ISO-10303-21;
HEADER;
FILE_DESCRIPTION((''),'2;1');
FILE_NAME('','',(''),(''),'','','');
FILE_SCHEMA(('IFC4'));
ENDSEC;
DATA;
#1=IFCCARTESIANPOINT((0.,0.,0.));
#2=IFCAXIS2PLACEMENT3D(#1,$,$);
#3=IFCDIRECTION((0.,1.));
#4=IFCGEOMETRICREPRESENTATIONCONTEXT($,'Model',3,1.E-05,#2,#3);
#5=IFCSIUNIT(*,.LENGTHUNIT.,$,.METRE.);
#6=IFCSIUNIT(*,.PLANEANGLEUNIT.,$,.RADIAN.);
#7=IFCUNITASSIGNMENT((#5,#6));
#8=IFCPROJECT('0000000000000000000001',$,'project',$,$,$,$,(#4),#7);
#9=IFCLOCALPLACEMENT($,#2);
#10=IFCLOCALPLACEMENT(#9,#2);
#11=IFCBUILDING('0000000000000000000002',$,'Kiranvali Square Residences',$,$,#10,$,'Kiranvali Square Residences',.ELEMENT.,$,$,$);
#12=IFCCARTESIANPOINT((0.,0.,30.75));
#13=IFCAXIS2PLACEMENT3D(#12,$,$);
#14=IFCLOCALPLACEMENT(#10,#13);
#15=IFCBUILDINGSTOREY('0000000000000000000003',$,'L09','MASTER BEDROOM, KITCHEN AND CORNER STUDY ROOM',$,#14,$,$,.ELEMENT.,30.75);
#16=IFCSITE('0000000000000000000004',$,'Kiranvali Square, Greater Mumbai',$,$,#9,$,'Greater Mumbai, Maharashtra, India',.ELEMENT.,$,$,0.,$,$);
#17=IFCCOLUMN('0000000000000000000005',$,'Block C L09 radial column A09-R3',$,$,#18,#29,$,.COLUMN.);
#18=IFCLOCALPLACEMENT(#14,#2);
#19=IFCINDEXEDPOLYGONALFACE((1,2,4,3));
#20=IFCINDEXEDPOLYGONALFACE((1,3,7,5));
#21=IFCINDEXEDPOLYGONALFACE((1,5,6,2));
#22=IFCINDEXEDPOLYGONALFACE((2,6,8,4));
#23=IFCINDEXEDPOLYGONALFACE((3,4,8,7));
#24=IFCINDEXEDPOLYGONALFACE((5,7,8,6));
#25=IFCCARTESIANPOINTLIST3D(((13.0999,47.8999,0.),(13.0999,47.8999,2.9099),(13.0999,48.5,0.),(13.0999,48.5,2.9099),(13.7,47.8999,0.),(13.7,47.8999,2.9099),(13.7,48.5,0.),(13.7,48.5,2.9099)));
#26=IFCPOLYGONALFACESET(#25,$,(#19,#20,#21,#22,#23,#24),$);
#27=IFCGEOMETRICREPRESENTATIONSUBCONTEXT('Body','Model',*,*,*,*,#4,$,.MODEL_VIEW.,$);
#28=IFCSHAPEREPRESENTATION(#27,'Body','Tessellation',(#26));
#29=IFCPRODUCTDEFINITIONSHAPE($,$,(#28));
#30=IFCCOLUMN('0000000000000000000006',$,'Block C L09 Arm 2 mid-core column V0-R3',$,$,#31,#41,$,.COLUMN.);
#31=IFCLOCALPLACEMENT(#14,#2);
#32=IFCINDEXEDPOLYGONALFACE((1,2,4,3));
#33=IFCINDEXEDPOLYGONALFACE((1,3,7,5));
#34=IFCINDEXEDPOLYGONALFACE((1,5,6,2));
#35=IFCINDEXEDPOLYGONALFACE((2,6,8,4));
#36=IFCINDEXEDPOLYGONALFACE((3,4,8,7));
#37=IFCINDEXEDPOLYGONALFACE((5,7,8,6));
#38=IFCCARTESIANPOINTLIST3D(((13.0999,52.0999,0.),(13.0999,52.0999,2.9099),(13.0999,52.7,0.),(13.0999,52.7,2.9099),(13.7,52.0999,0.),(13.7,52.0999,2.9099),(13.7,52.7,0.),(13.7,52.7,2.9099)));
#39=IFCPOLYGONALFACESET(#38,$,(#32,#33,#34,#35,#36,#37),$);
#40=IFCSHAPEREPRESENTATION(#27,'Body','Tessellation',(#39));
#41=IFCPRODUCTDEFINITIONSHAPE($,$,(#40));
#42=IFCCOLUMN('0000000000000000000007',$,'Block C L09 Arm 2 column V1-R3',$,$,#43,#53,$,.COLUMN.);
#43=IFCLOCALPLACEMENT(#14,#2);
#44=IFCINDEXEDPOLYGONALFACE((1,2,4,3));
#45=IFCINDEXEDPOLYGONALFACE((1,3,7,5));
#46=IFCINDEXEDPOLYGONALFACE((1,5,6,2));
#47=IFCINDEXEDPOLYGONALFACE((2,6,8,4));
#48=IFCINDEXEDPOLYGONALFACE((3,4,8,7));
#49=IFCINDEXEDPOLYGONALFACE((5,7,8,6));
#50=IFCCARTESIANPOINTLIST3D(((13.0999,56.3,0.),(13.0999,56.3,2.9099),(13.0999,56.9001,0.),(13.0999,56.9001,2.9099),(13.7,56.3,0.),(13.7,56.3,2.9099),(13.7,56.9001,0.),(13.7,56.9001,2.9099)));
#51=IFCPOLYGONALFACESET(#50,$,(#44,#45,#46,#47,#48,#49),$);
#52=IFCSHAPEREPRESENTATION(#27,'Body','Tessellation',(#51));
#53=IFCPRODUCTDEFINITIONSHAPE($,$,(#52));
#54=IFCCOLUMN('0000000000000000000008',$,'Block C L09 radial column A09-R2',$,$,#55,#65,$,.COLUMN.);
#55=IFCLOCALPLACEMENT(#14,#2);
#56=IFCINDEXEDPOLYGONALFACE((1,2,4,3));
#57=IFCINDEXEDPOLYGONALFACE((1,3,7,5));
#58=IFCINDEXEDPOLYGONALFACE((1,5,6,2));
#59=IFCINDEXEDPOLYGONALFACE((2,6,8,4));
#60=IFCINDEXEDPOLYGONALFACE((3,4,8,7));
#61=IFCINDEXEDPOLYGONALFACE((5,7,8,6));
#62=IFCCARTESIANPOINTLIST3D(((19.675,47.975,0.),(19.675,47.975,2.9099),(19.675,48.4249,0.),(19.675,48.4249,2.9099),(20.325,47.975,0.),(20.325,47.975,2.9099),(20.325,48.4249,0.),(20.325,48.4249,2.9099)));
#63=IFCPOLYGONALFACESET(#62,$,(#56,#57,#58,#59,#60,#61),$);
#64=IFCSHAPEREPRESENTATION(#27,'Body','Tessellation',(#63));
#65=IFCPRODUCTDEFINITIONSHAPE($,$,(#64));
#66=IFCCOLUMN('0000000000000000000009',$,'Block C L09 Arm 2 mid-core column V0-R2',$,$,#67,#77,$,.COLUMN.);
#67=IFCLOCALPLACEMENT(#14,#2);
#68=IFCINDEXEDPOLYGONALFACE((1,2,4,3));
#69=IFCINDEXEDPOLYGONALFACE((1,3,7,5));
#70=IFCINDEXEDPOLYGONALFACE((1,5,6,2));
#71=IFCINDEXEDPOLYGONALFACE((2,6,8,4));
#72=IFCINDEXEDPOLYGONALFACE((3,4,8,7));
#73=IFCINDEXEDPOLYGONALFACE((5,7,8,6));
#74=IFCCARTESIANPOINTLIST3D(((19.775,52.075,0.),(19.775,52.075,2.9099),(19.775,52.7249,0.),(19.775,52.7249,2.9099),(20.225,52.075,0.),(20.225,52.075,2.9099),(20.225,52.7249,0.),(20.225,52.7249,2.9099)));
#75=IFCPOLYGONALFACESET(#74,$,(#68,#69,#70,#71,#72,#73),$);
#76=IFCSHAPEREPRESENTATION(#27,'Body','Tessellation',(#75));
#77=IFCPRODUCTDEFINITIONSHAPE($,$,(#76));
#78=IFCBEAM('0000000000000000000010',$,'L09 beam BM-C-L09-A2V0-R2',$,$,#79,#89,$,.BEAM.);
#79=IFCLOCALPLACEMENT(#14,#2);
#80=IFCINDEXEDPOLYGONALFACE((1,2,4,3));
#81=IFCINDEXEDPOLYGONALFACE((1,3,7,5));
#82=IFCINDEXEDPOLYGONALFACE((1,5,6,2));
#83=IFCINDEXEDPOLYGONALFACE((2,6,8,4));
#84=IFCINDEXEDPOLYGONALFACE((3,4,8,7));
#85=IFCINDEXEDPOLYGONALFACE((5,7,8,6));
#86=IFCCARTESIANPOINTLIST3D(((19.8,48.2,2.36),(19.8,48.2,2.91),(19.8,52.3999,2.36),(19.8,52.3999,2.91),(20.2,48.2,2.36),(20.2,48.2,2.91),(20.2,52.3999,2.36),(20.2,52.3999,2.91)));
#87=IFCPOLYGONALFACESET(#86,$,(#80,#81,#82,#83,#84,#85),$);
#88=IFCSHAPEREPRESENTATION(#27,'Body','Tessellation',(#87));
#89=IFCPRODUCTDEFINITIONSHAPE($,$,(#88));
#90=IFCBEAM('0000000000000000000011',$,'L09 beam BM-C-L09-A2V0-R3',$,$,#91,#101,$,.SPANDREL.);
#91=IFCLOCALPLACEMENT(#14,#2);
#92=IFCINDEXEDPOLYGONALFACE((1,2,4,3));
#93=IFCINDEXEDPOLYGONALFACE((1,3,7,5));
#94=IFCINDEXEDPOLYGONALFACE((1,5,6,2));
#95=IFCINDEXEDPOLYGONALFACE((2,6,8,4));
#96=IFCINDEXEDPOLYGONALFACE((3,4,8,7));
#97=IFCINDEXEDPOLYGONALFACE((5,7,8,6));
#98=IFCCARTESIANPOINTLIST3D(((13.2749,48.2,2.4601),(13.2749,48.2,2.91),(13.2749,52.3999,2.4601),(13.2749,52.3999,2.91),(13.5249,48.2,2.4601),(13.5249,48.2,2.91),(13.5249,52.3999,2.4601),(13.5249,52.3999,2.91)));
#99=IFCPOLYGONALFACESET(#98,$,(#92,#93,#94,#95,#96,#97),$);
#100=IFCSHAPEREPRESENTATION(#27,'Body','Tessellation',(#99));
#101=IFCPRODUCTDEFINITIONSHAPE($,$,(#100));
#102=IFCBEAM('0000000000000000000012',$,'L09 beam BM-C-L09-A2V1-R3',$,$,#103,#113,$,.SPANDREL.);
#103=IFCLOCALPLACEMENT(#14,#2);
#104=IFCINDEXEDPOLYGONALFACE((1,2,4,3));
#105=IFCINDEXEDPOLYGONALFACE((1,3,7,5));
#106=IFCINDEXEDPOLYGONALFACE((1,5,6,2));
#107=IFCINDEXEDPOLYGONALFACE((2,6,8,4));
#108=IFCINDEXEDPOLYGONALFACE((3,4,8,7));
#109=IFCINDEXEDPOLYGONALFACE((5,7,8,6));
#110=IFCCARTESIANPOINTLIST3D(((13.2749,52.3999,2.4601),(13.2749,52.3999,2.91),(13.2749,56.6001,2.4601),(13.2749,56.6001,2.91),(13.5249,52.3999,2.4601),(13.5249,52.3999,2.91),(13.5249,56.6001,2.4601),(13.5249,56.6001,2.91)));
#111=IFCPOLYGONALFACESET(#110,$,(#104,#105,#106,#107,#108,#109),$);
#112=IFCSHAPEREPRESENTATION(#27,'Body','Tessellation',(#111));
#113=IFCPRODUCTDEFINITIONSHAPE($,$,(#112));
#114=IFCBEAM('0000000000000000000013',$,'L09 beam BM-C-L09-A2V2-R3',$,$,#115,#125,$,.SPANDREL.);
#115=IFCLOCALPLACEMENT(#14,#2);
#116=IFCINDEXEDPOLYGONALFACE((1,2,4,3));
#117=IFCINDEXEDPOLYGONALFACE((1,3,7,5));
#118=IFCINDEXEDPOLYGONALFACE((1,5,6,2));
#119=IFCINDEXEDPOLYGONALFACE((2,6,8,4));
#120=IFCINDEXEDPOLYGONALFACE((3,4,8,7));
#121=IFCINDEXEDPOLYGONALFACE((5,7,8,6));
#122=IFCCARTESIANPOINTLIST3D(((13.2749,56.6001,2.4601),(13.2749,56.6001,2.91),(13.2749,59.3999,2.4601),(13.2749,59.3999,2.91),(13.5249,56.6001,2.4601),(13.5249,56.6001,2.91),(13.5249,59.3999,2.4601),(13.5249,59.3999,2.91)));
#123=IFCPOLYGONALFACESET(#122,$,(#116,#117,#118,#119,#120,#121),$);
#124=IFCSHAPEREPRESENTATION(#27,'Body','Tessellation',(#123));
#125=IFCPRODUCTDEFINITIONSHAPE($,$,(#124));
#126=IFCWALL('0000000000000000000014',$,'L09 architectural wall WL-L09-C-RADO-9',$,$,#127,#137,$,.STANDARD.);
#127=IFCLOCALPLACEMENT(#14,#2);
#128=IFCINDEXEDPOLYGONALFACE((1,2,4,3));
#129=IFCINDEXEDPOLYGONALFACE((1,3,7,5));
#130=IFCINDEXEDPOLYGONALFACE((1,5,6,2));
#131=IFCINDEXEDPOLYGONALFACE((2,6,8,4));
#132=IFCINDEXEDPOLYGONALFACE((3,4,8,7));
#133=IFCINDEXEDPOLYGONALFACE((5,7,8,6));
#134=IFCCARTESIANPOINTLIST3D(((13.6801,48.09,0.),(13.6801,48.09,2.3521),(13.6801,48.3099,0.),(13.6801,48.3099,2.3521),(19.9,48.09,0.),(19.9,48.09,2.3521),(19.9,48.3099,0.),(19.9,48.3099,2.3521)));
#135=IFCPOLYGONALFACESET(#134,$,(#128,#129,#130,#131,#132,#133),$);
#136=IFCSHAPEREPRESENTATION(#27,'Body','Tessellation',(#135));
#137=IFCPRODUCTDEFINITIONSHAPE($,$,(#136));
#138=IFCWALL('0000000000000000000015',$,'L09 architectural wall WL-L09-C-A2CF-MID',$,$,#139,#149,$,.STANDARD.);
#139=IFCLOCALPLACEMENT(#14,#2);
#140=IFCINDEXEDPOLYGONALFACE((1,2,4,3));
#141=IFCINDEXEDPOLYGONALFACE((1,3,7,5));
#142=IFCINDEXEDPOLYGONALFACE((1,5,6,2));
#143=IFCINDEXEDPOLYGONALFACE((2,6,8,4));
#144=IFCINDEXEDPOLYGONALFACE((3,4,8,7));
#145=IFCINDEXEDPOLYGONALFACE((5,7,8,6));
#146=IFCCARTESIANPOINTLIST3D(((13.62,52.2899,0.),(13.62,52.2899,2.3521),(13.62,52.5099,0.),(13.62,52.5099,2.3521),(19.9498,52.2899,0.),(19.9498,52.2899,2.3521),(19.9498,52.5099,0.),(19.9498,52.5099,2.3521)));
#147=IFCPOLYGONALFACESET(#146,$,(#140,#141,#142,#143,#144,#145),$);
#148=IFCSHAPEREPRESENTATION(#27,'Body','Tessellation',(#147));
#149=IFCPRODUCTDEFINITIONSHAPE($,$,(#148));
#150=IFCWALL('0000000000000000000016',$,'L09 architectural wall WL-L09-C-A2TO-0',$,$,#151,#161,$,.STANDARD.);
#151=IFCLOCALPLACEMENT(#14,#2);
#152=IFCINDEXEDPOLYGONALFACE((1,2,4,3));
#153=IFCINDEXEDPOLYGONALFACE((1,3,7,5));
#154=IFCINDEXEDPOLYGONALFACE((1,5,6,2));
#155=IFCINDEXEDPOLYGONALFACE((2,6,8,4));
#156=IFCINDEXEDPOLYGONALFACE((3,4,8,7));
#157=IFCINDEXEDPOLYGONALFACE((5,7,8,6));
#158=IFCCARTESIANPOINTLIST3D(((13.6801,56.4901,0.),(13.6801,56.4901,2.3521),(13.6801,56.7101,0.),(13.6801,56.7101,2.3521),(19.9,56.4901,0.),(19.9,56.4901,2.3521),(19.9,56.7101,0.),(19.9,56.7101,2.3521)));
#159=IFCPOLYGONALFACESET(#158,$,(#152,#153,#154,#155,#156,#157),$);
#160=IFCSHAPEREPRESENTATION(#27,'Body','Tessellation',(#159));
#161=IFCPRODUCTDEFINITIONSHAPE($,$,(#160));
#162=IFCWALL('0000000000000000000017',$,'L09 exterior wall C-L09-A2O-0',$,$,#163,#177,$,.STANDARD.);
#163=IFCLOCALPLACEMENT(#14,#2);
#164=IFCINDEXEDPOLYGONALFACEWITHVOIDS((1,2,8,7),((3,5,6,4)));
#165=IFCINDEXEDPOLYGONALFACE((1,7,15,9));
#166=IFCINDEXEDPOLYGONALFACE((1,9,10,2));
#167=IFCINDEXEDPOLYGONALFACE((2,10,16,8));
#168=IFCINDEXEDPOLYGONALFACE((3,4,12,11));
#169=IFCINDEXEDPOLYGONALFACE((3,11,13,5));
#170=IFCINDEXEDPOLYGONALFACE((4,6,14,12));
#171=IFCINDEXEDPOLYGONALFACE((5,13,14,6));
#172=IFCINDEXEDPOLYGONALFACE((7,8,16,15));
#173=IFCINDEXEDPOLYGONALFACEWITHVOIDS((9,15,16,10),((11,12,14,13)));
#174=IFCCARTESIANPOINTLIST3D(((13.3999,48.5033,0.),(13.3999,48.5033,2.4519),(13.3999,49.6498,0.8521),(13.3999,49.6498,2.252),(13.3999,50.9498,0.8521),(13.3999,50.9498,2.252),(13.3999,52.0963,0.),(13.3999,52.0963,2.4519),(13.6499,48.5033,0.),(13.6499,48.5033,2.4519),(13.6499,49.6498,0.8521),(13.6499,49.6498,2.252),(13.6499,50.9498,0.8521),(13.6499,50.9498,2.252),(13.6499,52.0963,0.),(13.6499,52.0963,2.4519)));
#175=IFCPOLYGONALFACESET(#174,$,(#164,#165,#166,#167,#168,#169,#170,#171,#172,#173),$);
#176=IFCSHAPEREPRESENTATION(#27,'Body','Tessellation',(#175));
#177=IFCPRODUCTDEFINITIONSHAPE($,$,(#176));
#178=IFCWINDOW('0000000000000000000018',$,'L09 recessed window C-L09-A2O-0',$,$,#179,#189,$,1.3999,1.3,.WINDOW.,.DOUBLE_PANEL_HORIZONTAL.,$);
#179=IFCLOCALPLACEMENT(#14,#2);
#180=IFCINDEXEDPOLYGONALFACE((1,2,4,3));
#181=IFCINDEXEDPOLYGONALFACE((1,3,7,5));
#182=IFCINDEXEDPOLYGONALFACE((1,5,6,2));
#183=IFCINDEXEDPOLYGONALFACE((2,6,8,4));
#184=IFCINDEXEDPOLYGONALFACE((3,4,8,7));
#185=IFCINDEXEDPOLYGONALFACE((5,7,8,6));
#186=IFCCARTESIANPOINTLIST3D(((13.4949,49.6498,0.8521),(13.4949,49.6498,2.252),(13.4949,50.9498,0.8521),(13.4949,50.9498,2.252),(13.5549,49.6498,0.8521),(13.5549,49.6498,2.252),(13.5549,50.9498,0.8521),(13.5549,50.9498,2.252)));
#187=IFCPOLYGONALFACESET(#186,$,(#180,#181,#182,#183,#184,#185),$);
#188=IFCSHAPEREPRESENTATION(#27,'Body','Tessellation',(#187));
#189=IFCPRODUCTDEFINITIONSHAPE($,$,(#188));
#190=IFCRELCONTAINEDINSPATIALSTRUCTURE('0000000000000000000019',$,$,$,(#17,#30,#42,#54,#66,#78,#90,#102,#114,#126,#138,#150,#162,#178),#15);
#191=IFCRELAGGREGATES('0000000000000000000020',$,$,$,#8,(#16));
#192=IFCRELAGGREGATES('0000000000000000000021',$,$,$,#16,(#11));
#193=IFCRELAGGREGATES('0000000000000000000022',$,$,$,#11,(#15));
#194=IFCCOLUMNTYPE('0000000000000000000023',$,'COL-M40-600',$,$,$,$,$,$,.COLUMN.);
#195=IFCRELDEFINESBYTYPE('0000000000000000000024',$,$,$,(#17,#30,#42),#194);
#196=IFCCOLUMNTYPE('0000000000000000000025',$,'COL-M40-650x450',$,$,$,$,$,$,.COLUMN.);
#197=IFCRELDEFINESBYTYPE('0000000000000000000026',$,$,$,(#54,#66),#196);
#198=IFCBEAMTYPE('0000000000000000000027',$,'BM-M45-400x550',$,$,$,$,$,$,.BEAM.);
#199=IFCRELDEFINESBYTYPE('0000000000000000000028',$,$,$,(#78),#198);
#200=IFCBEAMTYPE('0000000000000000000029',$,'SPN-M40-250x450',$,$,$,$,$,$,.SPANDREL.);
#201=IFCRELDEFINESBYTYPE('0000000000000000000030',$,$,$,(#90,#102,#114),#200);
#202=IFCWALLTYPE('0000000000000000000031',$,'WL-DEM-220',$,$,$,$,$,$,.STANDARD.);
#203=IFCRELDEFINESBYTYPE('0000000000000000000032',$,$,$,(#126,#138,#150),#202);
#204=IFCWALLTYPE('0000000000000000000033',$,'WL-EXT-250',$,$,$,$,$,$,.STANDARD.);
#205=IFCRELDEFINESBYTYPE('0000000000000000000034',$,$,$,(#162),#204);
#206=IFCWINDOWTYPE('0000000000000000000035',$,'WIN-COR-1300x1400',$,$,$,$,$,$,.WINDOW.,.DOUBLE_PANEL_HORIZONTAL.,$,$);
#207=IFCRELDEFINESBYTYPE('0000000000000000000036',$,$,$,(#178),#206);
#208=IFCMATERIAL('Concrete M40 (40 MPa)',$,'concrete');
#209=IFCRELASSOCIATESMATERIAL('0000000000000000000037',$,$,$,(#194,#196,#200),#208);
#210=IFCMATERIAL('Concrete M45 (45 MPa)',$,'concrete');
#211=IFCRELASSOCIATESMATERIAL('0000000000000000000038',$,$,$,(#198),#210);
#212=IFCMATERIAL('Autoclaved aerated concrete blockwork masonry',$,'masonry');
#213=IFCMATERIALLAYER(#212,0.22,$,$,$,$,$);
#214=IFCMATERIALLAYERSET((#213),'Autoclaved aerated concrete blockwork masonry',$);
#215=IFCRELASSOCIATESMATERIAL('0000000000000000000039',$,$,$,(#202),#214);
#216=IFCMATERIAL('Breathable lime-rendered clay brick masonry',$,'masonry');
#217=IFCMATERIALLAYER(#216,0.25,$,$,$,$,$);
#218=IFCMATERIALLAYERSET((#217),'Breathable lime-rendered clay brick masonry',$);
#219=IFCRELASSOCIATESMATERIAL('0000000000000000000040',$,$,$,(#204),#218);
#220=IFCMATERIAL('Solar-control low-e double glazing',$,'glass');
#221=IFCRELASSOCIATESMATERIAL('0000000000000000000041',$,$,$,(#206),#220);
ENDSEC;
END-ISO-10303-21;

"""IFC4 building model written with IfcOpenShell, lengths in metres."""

from ifc_helpers import new_model, si_unit, direction, frame, frame_2d, origin, origin_2d, place, context, subcontext, project, spatial, rectangle, extrude, material, layer, layer_set, material_profile, profile_set, type_object, element, fill, save


model = new_model("IFC4")

# Units and contexts
model_context = context("Model", 3, precision=1e-05, world=origin(), true_north=direction((0.0, 1.0)))
body_context = subcontext(model_context, "Body", "Model", "MODEL_VIEW")
ifc_project = project(units=[si_unit("LENGTHUNIT", "METRE"), si_unit("PLANEANGLEUNIT", "RADIAN")], contexts=[model_context])

# Site, building, storey
site_placement = place(None, origin())
site = spatial("IfcSite", under=ifc_project, at=site_placement, Name="Kiranvali Square, Greater Mumbai", LongName="Greater Mumbai, Maharashtra, India", CompositionType="ELEMENT", RefElevation=0.0)
building_placement = place(site_placement, origin())
building = spatial("IfcBuilding", under=site, at=building_placement, Name="Kiranvali Square Residences", LongName="Kiranvali Square Residences", CompositionType="ELEMENT")
storey_placement = place(building_placement, frame((0.0, 0.0, 30.75)))
storey = spatial("IfcBuildingStorey", under=building, at=storey_placement, Name="L09", Description="MASTER BEDROOM, KITCHEN AND CORNER STUDY ROOM", CompositionType="ELEMENT", Elevation=30.75)

# Columns
ifc_material_1 = material(Name="Concrete M40 (40 MPa)", Category="concrete")
ifc_material_profile_1 = material_profile(ifc_material_1, rectangle(XDim=0.6001, YDim=0.6001, at=origin_2d()), Name="RC 600x600")
ifc_profile_set_1 = profile_set([ifc_material_profile_1], Name="Concrete M40 (40 MPa)")
column_type_1 = type_object("IfcColumnType", Name="COL-M40-600", PredefinedType="COLUMN", material=ifc_profile_set_1)
for number, where, z_axis, x_axis, name in (
    (1, (13.3999, 48.2, 0.0), (0.0, 0.0, 1.0), (0.0, 1.0, 0.0), "Block C L09 radial column A09-R3"),
    (2, (13.3999, 52.3999, 0.0), (0.0, 0.0, 1.0), (1.0, 0.0, 0.0), "Block C L09 Arm 2 mid-core column V0-R3"),
    (3, (13.3999, 56.6001, 0.0), (0.0, 0.0, 1.0), (1.0, 0.0, 0.0), "Block C L09 Arm 2 column V1-R3"),
):
    element("IfcColumn", number, at=place(storey_placement, frame(where, z_axis=z_axis, x_axis=x_axis)), inside=storey, type_object=column_type_1, Name=name, PredefinedType="COLUMN", context=body_context, shape_type="SweptSolid", body=[
        extrude(rectangle(XDim=0.6001, YDim=0.6001, at=origin_2d()), origin(), (0.0, 0.0, 1.0), 2.9099),
    ])
ifc_material_profile_2 = material_profile(ifc_material_1, rectangle(XDim=0.45, YDim=0.6499, at=origin_2d()), Name="RC 650x450")
ifc_profile_set_2 = profile_set([ifc_material_profile_2], Name="Concrete M40 (40 MPa)")
column_type_2 = type_object("IfcColumnType", Name="COL-M40-650x450", PredefinedType="COLUMN", material=ifc_profile_set_2)
for number, where, z_axis, x_axis, name in (
    (4, (20.0, 48.2, 0.0), (0.0, 0.0, 1.0), (0.0, 1.0, 0.0), "Block C L09 radial column A09-R2"),
    (5, (20.0, 52.3999, 0.0), (0.0, 0.0, 1.0), (1.0, 0.0, 0.0), "Block C L09 Arm 2 mid-core column V0-R2"),
):
    element("IfcColumn", number, at=place(storey_placement, frame(where, z_axis=z_axis, x_axis=x_axis)), inside=storey, type_object=column_type_2, Name=name, PredefinedType="COLUMN", context=body_context, shape_type="SweptSolid", body=[
        extrude(rectangle(XDim=0.45, YDim=0.6499, at=origin_2d()), origin(), (0.0, 0.0, 1.0), 2.9099),
    ])

# Beams
ifc_material_2 = material(Name="Concrete M45 (45 MPa)", Category="concrete")
ifc_material_profile_3 = material_profile(ifc_material_2, rectangle(XDim=0.3999, YDim=0.55, at=origin_2d()), Name="RC 400x550")
ifc_profile_set_3 = profile_set([ifc_material_profile_3], Name="Concrete M45 (45 MPa)")
beam_type_1 = type_object("IfcBeamType", Name="BM-M45-400x550", PredefinedType="BEAM", material=ifc_profile_set_3)
beam_1_placement = place(storey_placement, frame((20.0, 48.2, 2.635), z_axis=(0.0, 1.0, 0.0), x_axis=(-1.0, 0.0, 0.0)))
element("IfcBeam", 6, at=beam_1_placement, inside=storey, type_object=beam_type_1, Name="L09 beam BM-C-L09-A2V0-R2", PredefinedType="BEAM", context=body_context, shape_type="SweptSolid", body=[
    extrude(rectangle(XDim=0.3999, YDim=0.55, at=origin_2d()), origin(), (0.0, 0.0, 1.0), 4.2),
])
ifc_material_profile_4 = material_profile(ifc_material_1, rectangle(XDim=0.25, YDim=0.45, at=origin_2d()), Name="RC 250x450")
ifc_profile_set_4 = profile_set([ifc_material_profile_4], Name="Concrete M40 (40 MPa)")
beam_type_2 = type_object("IfcBeamType", Name="SPN-M40-250x450", PredefinedType="SPANDREL", material=ifc_profile_set_4)
beam_2_placement = place(storey_placement, frame((13.3999, 48.2, 2.6851), z_axis=(0.0, 1.0, 0.0), x_axis=(-1.0, 0.0, 0.0)))
element("IfcBeam", 7, at=beam_2_placement, inside=storey, type_object=beam_type_2, Name="L09 beam BM-C-L09-A2V0-R3", PredefinedType="SPANDREL", context=body_context, shape_type="SweptSolid", body=[
    extrude(rectangle(XDim=0.25, YDim=0.45, at=origin_2d()), origin(), (0.0, 0.0, 1.0), 4.2),
])
beam_3_placement = place(storey_placement, frame((13.3999, 52.3999, 2.6851), z_axis=(0.0, 1.0, 0.0), x_axis=(-1.0, 0.0, 0.0)))
element("IfcBeam", 8, at=beam_3_placement, inside=storey, type_object=beam_type_2, Name="L09 beam BM-C-L09-A2V1-R3", PredefinedType="SPANDREL", context=body_context, shape_type="SweptSolid", body=[
    extrude(rectangle(XDim=0.25, YDim=0.45, at=origin_2d()), origin(), (0.0, 0.0, 1.0), 4.2002),
])
beam_4_placement = place(storey_placement, frame((13.3999, 56.6001, 2.6851), z_axis=(0.0, 1.0, 0.0), x_axis=(-1.0, 0.0, 0.0)))
element("IfcBeam", 9, at=beam_4_placement, inside=storey, type_object=beam_type_2, Name="L09 beam BM-C-L09-A2V2-R3", PredefinedType="SPANDREL", context=body_context, shape_type="SweptSolid", body=[
    extrude(rectangle(XDim=0.25, YDim=0.45, at=origin_2d()), origin(), (0.0, 0.0, 1.0), 2.7998),
])

# Shared definitions
ifc_material_3 = material(Name="Autoclaved aerated concrete blockwork masonry", Category="masonry")

# Walls
ifc_layer_1 = layer(ifc_material_3, 0.22)
ifc_layer_set_1 = layer_set([ifc_layer_1], Name="Autoclaved aerated concrete blockwork masonry")
wall_type_1 = type_object("IfcWallType", Name="WL-DEM-220", PredefinedType="STANDARD", material=ifc_layer_set_1)
wall_1_placement = place(storey_placement, frame((19.8999, 48.2, 0.0), z_axis=(0.0, 0.0, 1.0), x_axis=(-1.0, 0.0, 0.0)))
element("IfcWall", 10, at=wall_1_placement, inside=storey, type_object=wall_type_1, Name="L09 architectural wall WL-L09-C-RADO-9", PredefinedType="STANDARD", context=body_context, shape_type="SweptSolid", body=[
    extrude(rectangle(XDim=6.22, YDim=0.22, at=frame_2d((3.1099, 0.0))), origin(), (0.0, 0.0, 1.0), 2.3521),
])
wall_2_placement = place(storey_placement, frame((19.95, 52.3999, 0.0), z_axis=(0.0, 0.0, 1.0), x_axis=(-1.0, 0.0, 0.0)))
element("IfcWall", 11, at=wall_2_placement, inside=storey, type_object=wall_type_1, Name="L09 architectural wall WL-L09-C-A2CF-MID", PredefinedType="STANDARD", context=body_context, shape_type="SweptSolid", body=[
    extrude(rectangle(XDim=6.3298, YDim=0.22, at=frame_2d((3.165, 0.0))), origin(), (0.0, 0.0, 1.0), 2.3521),
])
wall_3_placement = place(storey_placement, frame((19.8999, 56.6001, 0.0), z_axis=(0.0, 0.0, 1.0), x_axis=(-1.0, 0.0, 0.0)))
element("IfcWall", 12, at=wall_3_placement, inside=storey, type_object=wall_type_1, Name="L09 architectural wall WL-L09-C-A2TO-0", PredefinedType="STANDARD", context=body_context, shape_type="SweptSolid", body=[
    extrude(rectangle(XDim=6.22, YDim=0.22, at=frame_2d((3.1099, 0.0))), origin(), (0.0, 0.0, 1.0), 2.3521),
])

# Wall, opening, window
ifc_material_4 = material(Name="Breathable lime-rendered clay brick masonry", Category="masonry")
ifc_layer_2 = layer(ifc_material_4, 0.25)
ifc_layer_set_2 = layer_set([ifc_layer_2], Name="Breathable lime-rendered clay brick masonry")
wall_type_2 = type_object("IfcWallType", Name="WL-EXT-250", PredefinedType="STANDARD", material=ifc_layer_set_2)
wall_4_placement = place(storey_placement, frame((13.5249, 48.5034, 0.0), z_axis=(0.0, 0.0, 1.0), x_axis=(0.0, 1.0, 0.0)))
wall_4 = element("IfcWall", 13, at=wall_4_placement, inside=storey, type_object=wall_type_2, Name="L09 exterior wall C-L09-A2O-0", PredefinedType="STANDARD", context=body_context, shape_type="SweptSolid", body=[
    extrude(rectangle(XDim=3.593, YDim=0.25, at=frame_2d((1.7964, 0.0))), origin(), (0.0, 0.0, 1.0), 2.4519),
])
opening_1_placement = place(wall_4_placement, frame((1.1465, 0.0, 0.8521)))
opening_1 = element("IfcOpeningElement", 14, at=opening_1_placement, cuts=wall_4, PredefinedType="OPENING", context=body_context, shape_type="SweptSolid", body=[
    extrude(rectangle(XDim=1.3, YDim=1.3999, at=frame_2d((0.6499, 0.7))), frame((0.0, 0.135, 0.0), z_axis=(0.0, -1.0, 0.0), x_axis=(1.0, 0.0, 0.0)), (0.0, 0.0, 1.0), 0.27),
])
ifc_material_5 = material(Name="Solar-control low-e double glazing", Category="glass")
window_type = type_object("IfcWindowType", Name="WIN-COR-1300x1400", PartitioningType="DOUBLE_PANEL_HORIZONTAL", PredefinedType="WINDOW", material=ifc_material_5)
window_1_placement = place(opening_1_placement, origin())
window_1 = element("IfcWindow", 15, at=window_1_placement, inside=storey, type_object=window_type, Name="L09 recessed window C-L09-A2O-0", OverallHeight=1.3999, OverallWidth=1.3, PartitioningType="DOUBLE_PANEL_HORIZONTAL", PredefinedType="WINDOW", context=body_context, shape_type="SweptSolid", body=[
    extrude(rectangle(XDim=1.3, YDim=1.3999, at=frame_2d((0.6499, 0.7))), frame((0.0, 0.03, 0.0), z_axis=(0.0, -1.0, 0.0), x_axis=(1.0, 0.0, 0.0)), (0.0, 0.0, 1.0), 0.0601),
])
fill(opening_1, window_1)

save(model, "model.ifc")
